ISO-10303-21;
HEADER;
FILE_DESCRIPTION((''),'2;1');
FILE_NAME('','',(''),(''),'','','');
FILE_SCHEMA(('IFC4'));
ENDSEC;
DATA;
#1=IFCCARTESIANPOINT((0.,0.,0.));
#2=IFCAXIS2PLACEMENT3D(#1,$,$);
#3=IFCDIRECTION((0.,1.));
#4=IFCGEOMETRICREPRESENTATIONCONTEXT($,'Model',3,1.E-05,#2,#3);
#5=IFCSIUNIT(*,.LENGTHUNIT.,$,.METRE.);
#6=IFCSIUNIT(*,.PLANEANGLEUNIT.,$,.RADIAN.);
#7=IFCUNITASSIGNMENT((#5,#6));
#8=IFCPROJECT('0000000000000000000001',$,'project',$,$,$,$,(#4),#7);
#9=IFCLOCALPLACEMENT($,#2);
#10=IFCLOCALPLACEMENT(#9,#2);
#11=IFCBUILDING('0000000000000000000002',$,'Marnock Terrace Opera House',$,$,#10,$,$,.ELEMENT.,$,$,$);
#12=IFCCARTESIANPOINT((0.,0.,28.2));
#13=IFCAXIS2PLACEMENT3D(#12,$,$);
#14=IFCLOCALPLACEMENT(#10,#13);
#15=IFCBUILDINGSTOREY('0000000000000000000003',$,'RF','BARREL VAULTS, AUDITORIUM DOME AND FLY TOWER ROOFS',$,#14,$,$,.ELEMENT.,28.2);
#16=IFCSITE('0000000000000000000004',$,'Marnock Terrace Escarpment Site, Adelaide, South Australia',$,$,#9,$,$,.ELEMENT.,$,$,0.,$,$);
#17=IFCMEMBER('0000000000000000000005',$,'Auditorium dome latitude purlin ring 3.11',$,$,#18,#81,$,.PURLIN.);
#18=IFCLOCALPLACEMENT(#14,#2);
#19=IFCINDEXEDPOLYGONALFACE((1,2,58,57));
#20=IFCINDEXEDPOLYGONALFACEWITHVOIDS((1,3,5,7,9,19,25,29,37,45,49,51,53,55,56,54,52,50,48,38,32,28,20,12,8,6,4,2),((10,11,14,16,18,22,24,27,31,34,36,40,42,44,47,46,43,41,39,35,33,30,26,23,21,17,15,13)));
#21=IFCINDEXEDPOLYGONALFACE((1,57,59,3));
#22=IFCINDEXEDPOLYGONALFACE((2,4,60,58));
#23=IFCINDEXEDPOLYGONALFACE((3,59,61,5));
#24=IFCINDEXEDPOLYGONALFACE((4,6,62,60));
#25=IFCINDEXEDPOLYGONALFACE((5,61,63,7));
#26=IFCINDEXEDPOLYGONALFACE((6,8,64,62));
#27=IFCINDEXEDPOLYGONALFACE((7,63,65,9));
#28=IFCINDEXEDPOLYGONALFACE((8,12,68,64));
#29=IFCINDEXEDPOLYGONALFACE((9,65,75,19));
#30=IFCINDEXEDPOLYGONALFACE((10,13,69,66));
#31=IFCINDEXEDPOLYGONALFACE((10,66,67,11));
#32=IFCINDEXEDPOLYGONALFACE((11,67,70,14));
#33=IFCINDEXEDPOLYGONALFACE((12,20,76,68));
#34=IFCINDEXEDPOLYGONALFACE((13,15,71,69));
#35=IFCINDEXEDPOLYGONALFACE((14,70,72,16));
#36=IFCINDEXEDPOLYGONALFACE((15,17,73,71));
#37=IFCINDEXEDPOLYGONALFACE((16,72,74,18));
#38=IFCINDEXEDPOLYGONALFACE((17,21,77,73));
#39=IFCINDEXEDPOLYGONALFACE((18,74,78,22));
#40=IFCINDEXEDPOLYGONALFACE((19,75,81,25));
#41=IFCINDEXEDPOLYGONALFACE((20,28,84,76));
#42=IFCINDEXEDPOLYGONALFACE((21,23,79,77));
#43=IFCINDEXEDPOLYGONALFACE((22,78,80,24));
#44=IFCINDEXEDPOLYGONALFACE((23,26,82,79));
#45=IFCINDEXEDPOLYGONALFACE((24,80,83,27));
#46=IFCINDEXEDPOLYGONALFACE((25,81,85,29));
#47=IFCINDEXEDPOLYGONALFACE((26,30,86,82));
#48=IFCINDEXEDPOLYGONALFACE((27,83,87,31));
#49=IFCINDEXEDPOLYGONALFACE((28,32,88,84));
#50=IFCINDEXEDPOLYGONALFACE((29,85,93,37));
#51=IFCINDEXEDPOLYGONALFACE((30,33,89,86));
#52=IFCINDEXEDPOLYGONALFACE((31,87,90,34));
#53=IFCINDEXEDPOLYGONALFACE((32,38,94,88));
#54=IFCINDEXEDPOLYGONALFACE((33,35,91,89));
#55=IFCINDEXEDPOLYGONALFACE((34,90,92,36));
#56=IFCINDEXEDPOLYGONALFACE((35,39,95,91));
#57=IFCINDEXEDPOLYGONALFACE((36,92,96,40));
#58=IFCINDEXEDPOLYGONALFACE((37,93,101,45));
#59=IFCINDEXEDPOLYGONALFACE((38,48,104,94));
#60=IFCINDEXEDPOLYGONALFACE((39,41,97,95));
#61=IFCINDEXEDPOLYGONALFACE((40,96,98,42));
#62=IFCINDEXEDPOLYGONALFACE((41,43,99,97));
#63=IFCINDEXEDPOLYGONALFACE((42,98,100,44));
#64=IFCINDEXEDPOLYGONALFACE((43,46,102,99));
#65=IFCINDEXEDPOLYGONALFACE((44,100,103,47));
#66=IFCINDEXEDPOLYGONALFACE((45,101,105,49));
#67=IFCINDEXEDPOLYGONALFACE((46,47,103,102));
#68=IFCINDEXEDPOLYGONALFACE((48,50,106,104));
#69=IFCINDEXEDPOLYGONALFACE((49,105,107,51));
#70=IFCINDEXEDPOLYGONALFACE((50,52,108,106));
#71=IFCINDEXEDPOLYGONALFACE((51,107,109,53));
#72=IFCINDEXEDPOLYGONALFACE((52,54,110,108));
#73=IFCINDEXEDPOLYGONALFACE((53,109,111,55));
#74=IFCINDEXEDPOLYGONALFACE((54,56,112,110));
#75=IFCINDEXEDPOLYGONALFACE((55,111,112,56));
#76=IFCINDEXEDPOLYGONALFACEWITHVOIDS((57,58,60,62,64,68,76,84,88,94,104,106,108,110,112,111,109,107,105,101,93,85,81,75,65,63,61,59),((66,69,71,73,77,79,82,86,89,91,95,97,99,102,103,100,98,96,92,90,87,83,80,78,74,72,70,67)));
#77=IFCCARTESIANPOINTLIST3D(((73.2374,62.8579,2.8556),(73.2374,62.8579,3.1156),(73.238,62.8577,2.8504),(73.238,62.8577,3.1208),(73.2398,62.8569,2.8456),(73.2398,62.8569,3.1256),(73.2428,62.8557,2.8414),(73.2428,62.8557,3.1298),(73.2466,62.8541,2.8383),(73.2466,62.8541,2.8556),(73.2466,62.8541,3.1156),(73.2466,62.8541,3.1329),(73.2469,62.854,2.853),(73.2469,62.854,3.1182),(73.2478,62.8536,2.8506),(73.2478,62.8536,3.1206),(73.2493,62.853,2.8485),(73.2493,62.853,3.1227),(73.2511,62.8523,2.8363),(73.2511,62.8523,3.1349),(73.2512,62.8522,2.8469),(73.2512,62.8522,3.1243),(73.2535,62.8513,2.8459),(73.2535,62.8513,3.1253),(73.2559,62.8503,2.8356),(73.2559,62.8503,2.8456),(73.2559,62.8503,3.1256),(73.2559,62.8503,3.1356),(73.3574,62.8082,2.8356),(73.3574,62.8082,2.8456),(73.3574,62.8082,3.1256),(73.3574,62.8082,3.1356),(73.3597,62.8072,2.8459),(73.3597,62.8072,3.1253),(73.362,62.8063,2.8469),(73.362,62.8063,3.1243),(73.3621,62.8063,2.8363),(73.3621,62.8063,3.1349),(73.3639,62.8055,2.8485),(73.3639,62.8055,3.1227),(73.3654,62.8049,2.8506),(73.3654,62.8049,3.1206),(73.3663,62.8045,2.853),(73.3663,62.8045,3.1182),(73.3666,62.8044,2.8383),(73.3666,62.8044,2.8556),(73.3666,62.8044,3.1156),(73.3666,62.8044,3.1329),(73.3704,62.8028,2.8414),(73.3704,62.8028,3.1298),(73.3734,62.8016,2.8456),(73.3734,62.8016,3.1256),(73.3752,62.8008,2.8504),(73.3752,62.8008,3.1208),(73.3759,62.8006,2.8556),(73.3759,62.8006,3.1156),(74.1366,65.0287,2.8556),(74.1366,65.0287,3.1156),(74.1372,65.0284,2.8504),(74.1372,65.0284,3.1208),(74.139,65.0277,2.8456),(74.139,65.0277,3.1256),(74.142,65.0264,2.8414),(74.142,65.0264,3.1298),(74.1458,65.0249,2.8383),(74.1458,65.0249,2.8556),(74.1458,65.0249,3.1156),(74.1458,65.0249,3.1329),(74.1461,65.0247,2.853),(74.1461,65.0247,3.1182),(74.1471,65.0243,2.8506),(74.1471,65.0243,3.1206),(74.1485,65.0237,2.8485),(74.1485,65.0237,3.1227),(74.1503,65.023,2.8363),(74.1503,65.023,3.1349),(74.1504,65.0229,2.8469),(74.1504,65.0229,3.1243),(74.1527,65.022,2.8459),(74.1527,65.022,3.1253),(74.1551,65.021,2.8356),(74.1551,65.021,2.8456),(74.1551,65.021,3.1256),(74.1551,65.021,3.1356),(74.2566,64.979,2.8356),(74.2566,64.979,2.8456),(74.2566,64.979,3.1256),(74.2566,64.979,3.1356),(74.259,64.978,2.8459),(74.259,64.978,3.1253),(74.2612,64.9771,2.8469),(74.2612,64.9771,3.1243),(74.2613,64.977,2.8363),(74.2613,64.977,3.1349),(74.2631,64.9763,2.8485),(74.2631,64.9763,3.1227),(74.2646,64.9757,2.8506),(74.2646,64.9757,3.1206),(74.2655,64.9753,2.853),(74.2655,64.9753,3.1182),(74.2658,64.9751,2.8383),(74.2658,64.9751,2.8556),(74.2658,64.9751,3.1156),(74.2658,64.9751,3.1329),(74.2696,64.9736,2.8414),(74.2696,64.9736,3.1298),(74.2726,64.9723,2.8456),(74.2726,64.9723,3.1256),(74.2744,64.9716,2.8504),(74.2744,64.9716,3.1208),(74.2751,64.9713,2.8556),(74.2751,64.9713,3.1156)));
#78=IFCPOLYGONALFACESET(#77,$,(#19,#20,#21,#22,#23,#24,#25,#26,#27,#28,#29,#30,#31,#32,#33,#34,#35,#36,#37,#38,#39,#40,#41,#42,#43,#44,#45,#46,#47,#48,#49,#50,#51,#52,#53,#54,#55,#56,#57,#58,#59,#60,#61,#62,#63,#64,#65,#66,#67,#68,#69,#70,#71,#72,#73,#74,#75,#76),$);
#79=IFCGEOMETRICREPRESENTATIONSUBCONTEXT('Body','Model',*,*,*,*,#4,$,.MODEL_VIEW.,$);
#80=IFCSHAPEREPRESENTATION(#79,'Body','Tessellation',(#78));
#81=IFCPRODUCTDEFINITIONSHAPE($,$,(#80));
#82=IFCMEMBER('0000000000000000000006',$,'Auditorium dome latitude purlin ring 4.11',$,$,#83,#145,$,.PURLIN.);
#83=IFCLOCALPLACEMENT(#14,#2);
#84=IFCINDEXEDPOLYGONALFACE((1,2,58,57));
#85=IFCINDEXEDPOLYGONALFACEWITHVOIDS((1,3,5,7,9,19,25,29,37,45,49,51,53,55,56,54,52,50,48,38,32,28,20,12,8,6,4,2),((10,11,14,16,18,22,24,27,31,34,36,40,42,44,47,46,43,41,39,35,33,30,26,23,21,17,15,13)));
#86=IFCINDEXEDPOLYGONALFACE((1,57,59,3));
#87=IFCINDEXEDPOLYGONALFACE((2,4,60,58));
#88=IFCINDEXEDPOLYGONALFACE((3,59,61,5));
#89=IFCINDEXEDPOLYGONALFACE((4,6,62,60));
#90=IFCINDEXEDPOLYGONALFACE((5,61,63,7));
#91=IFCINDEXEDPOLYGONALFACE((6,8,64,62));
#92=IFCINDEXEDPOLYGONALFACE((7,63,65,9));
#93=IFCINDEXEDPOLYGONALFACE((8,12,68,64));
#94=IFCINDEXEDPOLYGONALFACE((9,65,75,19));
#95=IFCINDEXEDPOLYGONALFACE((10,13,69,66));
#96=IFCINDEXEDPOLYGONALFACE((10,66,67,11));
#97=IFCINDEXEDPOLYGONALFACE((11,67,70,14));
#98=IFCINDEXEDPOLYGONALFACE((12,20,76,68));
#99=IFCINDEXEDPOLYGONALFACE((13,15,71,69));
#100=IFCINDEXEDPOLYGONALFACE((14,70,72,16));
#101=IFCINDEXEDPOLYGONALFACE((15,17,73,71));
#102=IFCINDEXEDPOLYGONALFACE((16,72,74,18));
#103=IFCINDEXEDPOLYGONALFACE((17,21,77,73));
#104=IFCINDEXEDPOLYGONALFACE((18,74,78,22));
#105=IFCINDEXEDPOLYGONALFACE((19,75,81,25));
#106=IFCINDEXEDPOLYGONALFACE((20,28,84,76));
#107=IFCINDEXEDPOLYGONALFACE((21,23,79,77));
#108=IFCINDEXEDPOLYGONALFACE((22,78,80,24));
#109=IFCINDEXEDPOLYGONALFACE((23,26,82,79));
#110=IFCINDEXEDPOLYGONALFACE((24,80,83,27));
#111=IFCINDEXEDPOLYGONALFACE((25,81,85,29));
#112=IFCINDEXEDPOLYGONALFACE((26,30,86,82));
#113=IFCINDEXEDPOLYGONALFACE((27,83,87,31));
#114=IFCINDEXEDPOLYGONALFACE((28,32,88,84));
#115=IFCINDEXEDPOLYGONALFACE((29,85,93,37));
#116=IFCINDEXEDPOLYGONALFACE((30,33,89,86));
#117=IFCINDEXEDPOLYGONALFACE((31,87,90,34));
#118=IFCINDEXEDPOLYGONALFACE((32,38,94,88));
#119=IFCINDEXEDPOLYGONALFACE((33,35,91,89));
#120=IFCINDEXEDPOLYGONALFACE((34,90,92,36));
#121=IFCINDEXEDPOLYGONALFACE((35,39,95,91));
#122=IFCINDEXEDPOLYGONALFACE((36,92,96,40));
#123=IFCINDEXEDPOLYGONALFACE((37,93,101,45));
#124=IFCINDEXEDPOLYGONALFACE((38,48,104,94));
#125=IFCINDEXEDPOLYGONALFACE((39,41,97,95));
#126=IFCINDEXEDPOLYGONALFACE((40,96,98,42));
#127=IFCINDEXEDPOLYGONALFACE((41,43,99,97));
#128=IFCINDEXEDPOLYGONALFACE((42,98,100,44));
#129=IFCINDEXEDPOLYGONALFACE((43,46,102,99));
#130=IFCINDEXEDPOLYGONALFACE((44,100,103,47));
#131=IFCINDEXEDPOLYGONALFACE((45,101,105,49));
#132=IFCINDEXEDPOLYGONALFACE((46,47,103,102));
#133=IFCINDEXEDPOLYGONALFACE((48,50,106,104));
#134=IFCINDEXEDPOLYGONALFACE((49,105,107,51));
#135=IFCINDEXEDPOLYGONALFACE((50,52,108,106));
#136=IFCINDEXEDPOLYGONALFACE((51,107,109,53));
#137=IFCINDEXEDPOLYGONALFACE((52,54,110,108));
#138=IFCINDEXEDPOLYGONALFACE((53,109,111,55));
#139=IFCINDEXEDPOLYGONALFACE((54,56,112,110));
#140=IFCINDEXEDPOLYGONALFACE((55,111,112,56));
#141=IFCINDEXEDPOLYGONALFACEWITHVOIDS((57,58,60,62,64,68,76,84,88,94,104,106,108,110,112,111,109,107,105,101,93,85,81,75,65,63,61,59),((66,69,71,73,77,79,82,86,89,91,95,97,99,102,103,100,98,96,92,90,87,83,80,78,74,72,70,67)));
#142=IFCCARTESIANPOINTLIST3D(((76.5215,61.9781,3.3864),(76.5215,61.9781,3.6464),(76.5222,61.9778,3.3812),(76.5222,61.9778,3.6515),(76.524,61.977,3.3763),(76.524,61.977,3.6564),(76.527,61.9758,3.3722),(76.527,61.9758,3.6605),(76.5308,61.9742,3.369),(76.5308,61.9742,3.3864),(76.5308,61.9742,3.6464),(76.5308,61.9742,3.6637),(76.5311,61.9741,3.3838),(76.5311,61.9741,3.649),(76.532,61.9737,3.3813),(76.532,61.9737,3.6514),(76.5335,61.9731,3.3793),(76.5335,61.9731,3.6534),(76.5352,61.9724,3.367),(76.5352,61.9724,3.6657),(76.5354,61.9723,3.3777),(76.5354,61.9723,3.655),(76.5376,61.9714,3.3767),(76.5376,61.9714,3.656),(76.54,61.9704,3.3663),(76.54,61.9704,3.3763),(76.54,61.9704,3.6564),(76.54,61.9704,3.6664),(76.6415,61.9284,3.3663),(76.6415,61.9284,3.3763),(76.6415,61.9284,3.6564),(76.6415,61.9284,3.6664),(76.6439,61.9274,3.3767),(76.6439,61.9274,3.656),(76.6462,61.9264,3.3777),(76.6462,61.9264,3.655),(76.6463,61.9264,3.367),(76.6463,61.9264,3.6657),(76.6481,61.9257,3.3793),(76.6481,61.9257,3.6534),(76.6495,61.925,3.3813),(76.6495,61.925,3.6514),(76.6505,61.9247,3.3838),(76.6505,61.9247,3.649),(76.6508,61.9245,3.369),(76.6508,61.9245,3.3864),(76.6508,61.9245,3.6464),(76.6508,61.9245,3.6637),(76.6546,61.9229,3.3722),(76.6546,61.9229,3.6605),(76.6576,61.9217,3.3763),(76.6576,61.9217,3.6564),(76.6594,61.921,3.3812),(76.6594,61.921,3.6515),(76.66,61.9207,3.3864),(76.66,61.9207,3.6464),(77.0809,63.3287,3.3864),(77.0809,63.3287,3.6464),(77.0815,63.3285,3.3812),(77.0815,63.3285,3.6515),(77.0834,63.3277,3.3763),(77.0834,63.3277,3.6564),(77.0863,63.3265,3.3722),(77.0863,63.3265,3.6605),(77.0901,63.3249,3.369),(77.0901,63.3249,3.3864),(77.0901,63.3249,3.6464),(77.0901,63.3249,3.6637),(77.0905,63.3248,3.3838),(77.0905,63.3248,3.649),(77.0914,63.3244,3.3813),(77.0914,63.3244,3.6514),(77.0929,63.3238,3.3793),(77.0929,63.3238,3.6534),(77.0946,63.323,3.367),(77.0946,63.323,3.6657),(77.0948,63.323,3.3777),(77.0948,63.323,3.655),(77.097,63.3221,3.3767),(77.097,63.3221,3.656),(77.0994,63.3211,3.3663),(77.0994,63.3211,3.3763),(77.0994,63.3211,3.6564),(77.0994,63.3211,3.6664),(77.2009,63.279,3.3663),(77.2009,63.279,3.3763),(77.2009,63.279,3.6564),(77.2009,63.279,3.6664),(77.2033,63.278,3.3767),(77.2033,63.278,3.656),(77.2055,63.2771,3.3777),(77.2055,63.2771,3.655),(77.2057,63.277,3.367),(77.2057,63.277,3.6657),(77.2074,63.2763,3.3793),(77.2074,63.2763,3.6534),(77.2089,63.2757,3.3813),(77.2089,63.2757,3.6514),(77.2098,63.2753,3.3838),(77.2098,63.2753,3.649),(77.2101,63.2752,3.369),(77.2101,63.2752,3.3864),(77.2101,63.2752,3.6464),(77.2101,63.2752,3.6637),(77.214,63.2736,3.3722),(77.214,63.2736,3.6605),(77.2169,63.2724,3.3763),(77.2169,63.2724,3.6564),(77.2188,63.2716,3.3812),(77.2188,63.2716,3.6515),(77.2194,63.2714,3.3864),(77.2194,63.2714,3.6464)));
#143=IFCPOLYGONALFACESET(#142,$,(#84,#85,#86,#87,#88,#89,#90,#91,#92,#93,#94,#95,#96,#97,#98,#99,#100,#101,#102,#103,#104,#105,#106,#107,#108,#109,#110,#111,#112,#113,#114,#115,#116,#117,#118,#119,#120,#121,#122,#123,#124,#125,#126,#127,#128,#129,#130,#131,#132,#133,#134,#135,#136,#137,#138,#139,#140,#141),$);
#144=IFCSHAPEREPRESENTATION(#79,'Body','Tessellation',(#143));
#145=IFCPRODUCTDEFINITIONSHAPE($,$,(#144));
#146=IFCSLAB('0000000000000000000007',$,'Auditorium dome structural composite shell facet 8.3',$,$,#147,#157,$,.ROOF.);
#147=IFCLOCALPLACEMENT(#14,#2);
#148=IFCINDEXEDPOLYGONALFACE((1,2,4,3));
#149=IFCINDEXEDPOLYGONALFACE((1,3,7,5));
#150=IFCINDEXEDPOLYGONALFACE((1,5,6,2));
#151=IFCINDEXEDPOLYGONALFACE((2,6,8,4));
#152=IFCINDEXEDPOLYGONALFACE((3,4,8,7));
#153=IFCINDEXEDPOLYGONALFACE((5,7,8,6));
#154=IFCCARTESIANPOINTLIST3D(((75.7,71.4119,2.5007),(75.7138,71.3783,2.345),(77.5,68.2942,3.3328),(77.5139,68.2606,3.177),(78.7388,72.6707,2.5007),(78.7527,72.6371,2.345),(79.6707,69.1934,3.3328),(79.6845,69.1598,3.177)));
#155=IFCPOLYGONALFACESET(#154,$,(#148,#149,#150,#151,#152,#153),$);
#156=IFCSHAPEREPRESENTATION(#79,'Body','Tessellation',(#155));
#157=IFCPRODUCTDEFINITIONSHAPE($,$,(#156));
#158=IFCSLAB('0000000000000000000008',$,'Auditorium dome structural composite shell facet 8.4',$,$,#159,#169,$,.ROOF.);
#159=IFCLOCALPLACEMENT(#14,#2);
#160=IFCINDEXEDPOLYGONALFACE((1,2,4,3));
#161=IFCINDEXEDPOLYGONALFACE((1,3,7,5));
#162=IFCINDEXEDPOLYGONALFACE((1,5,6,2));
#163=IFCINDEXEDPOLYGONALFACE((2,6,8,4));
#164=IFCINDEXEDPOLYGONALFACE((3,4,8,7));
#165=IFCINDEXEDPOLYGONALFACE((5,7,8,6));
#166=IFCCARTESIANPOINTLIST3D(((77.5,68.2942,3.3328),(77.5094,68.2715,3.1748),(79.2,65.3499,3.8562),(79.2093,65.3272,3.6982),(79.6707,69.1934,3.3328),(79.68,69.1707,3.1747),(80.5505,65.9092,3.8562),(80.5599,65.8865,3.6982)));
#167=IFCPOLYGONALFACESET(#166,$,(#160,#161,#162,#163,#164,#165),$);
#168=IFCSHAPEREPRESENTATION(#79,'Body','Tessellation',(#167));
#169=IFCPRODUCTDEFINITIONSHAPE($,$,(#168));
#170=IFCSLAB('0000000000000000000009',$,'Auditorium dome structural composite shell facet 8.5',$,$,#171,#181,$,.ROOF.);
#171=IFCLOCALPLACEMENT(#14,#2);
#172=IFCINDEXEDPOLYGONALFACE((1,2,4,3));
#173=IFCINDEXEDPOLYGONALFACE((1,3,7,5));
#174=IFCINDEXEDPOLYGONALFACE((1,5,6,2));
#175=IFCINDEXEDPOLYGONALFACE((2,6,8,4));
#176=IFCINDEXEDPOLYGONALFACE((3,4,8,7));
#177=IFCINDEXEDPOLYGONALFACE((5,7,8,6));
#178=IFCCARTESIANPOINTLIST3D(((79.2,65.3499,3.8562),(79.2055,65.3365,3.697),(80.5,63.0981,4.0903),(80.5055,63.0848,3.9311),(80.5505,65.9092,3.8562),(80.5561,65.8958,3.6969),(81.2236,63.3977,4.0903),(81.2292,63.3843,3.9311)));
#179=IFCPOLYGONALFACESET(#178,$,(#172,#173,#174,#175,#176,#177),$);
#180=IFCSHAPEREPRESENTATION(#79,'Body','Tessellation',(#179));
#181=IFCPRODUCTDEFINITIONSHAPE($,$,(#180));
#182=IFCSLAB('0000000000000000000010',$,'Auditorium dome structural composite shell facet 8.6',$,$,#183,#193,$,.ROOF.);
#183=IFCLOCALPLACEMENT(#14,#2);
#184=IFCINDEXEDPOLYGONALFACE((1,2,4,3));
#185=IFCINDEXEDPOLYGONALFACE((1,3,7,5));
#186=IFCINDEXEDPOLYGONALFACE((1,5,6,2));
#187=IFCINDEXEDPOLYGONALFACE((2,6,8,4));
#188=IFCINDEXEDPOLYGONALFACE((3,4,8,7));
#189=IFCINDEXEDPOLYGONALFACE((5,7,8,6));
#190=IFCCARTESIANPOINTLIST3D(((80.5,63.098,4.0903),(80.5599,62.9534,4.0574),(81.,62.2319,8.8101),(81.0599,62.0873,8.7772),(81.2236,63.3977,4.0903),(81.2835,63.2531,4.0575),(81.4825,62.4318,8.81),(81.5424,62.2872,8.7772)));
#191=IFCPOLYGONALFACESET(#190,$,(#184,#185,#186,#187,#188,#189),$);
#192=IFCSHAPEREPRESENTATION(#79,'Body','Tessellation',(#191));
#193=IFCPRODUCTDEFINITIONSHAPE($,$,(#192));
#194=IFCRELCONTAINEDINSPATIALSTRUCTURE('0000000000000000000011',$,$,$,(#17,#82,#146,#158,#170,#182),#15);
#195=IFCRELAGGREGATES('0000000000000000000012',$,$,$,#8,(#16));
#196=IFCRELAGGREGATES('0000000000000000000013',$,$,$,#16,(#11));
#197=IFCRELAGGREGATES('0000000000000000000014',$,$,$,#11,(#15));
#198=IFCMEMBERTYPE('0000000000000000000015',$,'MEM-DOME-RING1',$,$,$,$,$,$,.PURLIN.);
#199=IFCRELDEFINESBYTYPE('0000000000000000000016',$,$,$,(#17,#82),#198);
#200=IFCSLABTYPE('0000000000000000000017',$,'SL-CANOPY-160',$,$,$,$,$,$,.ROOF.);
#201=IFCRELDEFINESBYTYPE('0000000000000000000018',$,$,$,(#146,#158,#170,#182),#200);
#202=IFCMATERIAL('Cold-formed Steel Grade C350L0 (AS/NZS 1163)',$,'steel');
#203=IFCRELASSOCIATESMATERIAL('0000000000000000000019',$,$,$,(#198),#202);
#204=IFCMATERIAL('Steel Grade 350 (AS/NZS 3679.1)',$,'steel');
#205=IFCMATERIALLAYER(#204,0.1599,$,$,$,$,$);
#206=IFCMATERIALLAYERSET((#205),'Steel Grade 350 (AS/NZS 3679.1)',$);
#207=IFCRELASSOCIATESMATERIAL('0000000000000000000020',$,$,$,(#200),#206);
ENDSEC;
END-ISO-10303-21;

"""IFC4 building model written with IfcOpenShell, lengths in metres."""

from ifc_helpers import new_model, si_unit, direction, frame, origin, origin_2d, place, context, subcontext, project, spatial, polyline, hollow_rectangle, outline, extrude, material, layer, layer_set, material_profile, profile_set, type_object, element, save


model = new_model("IFC4")

# Units and contexts
model_context = context("Model", 3, precision=1e-05, world=origin(), true_north=direction((0.0, 1.0)))
body_context = subcontext(model_context, "Body", "Model", "MODEL_VIEW")
ifc_project = project(units=[si_unit("LENGTHUNIT", "METRE"), si_unit("PLANEANGLEUNIT", "RADIAN")], contexts=[model_context])

# Site, building, storey
site_placement = place(None, origin())
site = spatial("IfcSite", under=ifc_project, at=site_placement, Name="Marnock Terrace Escarpment Site, Adelaide, South Australia", CompositionType="ELEMENT", RefElevation=0.0)
building_placement = place(site_placement, origin())
building = spatial("IfcBuilding", under=site, at=building_placement, Name="Marnock Terrace Opera House", CompositionType="ELEMENT")
storey_placement = place(building_placement, frame((0.0, 0.0, 28.2)))
storey = spatial("IfcBuildingStorey", under=building, at=storey_placement, Name="RF", Description="BARREL VAULTS, AUDITORIUM DOME AND FLY TOWER ROOFS", CompositionType="ELEMENT", Elevation=28.2)

# Members
ifc_material_1 = material(Name="Cold-formed Steel Grade C350L0 (AS/NZS 1163)", Category="steel")
ifc_material_profile_1 = material_profile(ifc_material_1, hollow_rectangle(XDim=0.1499, YDim=0.3, WallThickness=0.01, InnerFilletRadius=0.01, OuterFilletRadius=0.02, at=origin_2d()))
ifc_profile_set_1 = profile_set([ifc_material_profile_1], Name="Cold-formed Steel Grade C350L0 (AS/NZS 1163)")
member_type_1 = type_object("IfcMemberType", Name="MEM-DOME-RING1", PredefinedType="PURLIN", material=ifc_profile_set_1)
member_1_placement = place(storey_placement, frame((74.2058, 65.0, 2.9856), z_axis=(-0.382704, -0.923871, 0.0), x_axis=(0.923871, -0.382704, 0.0)))
element("IfcMember", 1, at=member_1_placement, inside=storey, type_object=member_type_1, Name="Auditorium dome latitude purlin ring 3.11", PredefinedType="PURLIN", context=body_context, shape_type="SweptSolid", body=[
    extrude(hollow_rectangle(XDim=0.1499, YDim=0.3, WallThickness=0.01, InnerFilletRadius=0.01, OuterFilletRadius=0.02, at=origin_2d()), origin(), (0.0, 0.0, 1.0), 2.3496),
])
member_2_placement = place(storey_placement, frame((77.1501, 63.3, 3.5164), z_axis=(-0.382622, -0.923905, 0.0), x_axis=(0.923905, -0.382622, 0.0)))
element("IfcMember", 2, at=member_2_placement, inside=storey, type_object=member_type_1, Name="Auditorium dome latitude purlin ring 4.11", PredefinedType="PURLIN", context=body_context, shape_type="SweptSolid", body=[
    extrude(hollow_rectangle(XDim=0.1499, YDim=0.3, WallThickness=0.01, InnerFilletRadius=0.01, OuterFilletRadius=0.02, at=origin_2d()), origin(), (0.0, 0.0, 1.0), 1.4619),
])

# Slabs
ifc_material_2 = material(Name="Steel Grade 350 (AS/NZS 3679.1)", Category="steel")
ifc_layer_1 = layer(ifc_material_2, 0.1599)
ifc_layer_set_1 = layer_set([ifc_layer_1], Name="Steel Grade 350 (AS/NZS 3679.1)")
slab_type = type_object("IfcSlabType", Name="SL-CANOPY-160", PredefinedType="ROOF", material=ifc_layer_set_1)
slab_1_placement = place(storey_placement, frame((78.7388, 72.6707, 2.5007), z_axis=(-0.086884, 0.209743, 0.973889), x_axis=(-0.923872, -0.382701, 0.0)))
element("IfcSlab", 3, at=slab_1_placement, inside=storey, type_object=slab_type, Name="Auditorium dome structural composite shell facet 8.3", PredefinedType="ROOF", context=body_context, shape_type="SweptSolid", body=[
    extrude(outline(polyline([(0.0, 0.0), (3.2892, 0.0), (2.8193, 3.6649), (0.4698, 3.6649), (0.0, 0.0)])), origin(), (0.0, 0.0, -1.0), 0.1599),
])
slab_2_placement = place(storey_placement, frame((79.6707, 69.1934, 3.3328), z_axis=(-0.058719, 0.141766, 0.988157), x_axis=(-0.923871, -0.382703, 0.000005)))
element("IfcSlab", 4, at=slab_2_placement, inside=storey, type_object=slab_type, Name="Auditorium dome structural composite shell facet 8.4", PredefinedType="ROOF", context=body_context, shape_type="SweptSolid", body=[
    extrude(outline(polyline([(0.0, 0.0), (2.3495, 0.0), (1.9058, 3.4112), (0.444, 3.4113), (0.0, 0.0)])), origin(), (0.0, 0.0, -1.0), 0.1599),
])
slab_3_placement = place(storey_placement, frame((80.5505, 65.9092, 3.8562), z_axis=(-0.034605, 0.083571, 0.995901), x_axis=(-0.923905, -0.382622, 0.000005)))
element("IfcSlab", 5, at=slab_3_placement, inside=storey, type_object=slab_type, Name="Auditorium dome structural composite shell facet 8.5", PredefinedType="ROOF", context=body_context, shape_type="SweptSolid", body=[
    extrude(outline(polyline([(0.0, 0.0), (1.4618, 0.0), (1.1223, 2.5884), (0.3391, 2.5885), (0.0, 0.0)])), origin(), (0.0, 0.0, -1.0), 0.1599),
])
slab_4_placement = place(storey_placement, frame((81.2236, 63.3977, 4.0903), z_axis=(-0.374476, 0.904159, 0.205583), x_axis=(-0.923897, -0.382642, -0.000035)))
element("IfcSlab", 6, at=slab_4_placement, inside=storey, type_object=slab_type, Name="Auditorium dome structural composite shell facet 8.6", PredefinedType="ROOF", context=body_context, shape_type="SweptSolid", body=[
    extrude(outline(polyline([(0.0, 0.0), (0.7832, 0.0), (0.6525, 4.8228), (0.1303, 4.8227), (0.0, 0.0)])), origin(), (0.0, 0.0, -1.0), 0.1599),
])

save(model, "model.ifc")
